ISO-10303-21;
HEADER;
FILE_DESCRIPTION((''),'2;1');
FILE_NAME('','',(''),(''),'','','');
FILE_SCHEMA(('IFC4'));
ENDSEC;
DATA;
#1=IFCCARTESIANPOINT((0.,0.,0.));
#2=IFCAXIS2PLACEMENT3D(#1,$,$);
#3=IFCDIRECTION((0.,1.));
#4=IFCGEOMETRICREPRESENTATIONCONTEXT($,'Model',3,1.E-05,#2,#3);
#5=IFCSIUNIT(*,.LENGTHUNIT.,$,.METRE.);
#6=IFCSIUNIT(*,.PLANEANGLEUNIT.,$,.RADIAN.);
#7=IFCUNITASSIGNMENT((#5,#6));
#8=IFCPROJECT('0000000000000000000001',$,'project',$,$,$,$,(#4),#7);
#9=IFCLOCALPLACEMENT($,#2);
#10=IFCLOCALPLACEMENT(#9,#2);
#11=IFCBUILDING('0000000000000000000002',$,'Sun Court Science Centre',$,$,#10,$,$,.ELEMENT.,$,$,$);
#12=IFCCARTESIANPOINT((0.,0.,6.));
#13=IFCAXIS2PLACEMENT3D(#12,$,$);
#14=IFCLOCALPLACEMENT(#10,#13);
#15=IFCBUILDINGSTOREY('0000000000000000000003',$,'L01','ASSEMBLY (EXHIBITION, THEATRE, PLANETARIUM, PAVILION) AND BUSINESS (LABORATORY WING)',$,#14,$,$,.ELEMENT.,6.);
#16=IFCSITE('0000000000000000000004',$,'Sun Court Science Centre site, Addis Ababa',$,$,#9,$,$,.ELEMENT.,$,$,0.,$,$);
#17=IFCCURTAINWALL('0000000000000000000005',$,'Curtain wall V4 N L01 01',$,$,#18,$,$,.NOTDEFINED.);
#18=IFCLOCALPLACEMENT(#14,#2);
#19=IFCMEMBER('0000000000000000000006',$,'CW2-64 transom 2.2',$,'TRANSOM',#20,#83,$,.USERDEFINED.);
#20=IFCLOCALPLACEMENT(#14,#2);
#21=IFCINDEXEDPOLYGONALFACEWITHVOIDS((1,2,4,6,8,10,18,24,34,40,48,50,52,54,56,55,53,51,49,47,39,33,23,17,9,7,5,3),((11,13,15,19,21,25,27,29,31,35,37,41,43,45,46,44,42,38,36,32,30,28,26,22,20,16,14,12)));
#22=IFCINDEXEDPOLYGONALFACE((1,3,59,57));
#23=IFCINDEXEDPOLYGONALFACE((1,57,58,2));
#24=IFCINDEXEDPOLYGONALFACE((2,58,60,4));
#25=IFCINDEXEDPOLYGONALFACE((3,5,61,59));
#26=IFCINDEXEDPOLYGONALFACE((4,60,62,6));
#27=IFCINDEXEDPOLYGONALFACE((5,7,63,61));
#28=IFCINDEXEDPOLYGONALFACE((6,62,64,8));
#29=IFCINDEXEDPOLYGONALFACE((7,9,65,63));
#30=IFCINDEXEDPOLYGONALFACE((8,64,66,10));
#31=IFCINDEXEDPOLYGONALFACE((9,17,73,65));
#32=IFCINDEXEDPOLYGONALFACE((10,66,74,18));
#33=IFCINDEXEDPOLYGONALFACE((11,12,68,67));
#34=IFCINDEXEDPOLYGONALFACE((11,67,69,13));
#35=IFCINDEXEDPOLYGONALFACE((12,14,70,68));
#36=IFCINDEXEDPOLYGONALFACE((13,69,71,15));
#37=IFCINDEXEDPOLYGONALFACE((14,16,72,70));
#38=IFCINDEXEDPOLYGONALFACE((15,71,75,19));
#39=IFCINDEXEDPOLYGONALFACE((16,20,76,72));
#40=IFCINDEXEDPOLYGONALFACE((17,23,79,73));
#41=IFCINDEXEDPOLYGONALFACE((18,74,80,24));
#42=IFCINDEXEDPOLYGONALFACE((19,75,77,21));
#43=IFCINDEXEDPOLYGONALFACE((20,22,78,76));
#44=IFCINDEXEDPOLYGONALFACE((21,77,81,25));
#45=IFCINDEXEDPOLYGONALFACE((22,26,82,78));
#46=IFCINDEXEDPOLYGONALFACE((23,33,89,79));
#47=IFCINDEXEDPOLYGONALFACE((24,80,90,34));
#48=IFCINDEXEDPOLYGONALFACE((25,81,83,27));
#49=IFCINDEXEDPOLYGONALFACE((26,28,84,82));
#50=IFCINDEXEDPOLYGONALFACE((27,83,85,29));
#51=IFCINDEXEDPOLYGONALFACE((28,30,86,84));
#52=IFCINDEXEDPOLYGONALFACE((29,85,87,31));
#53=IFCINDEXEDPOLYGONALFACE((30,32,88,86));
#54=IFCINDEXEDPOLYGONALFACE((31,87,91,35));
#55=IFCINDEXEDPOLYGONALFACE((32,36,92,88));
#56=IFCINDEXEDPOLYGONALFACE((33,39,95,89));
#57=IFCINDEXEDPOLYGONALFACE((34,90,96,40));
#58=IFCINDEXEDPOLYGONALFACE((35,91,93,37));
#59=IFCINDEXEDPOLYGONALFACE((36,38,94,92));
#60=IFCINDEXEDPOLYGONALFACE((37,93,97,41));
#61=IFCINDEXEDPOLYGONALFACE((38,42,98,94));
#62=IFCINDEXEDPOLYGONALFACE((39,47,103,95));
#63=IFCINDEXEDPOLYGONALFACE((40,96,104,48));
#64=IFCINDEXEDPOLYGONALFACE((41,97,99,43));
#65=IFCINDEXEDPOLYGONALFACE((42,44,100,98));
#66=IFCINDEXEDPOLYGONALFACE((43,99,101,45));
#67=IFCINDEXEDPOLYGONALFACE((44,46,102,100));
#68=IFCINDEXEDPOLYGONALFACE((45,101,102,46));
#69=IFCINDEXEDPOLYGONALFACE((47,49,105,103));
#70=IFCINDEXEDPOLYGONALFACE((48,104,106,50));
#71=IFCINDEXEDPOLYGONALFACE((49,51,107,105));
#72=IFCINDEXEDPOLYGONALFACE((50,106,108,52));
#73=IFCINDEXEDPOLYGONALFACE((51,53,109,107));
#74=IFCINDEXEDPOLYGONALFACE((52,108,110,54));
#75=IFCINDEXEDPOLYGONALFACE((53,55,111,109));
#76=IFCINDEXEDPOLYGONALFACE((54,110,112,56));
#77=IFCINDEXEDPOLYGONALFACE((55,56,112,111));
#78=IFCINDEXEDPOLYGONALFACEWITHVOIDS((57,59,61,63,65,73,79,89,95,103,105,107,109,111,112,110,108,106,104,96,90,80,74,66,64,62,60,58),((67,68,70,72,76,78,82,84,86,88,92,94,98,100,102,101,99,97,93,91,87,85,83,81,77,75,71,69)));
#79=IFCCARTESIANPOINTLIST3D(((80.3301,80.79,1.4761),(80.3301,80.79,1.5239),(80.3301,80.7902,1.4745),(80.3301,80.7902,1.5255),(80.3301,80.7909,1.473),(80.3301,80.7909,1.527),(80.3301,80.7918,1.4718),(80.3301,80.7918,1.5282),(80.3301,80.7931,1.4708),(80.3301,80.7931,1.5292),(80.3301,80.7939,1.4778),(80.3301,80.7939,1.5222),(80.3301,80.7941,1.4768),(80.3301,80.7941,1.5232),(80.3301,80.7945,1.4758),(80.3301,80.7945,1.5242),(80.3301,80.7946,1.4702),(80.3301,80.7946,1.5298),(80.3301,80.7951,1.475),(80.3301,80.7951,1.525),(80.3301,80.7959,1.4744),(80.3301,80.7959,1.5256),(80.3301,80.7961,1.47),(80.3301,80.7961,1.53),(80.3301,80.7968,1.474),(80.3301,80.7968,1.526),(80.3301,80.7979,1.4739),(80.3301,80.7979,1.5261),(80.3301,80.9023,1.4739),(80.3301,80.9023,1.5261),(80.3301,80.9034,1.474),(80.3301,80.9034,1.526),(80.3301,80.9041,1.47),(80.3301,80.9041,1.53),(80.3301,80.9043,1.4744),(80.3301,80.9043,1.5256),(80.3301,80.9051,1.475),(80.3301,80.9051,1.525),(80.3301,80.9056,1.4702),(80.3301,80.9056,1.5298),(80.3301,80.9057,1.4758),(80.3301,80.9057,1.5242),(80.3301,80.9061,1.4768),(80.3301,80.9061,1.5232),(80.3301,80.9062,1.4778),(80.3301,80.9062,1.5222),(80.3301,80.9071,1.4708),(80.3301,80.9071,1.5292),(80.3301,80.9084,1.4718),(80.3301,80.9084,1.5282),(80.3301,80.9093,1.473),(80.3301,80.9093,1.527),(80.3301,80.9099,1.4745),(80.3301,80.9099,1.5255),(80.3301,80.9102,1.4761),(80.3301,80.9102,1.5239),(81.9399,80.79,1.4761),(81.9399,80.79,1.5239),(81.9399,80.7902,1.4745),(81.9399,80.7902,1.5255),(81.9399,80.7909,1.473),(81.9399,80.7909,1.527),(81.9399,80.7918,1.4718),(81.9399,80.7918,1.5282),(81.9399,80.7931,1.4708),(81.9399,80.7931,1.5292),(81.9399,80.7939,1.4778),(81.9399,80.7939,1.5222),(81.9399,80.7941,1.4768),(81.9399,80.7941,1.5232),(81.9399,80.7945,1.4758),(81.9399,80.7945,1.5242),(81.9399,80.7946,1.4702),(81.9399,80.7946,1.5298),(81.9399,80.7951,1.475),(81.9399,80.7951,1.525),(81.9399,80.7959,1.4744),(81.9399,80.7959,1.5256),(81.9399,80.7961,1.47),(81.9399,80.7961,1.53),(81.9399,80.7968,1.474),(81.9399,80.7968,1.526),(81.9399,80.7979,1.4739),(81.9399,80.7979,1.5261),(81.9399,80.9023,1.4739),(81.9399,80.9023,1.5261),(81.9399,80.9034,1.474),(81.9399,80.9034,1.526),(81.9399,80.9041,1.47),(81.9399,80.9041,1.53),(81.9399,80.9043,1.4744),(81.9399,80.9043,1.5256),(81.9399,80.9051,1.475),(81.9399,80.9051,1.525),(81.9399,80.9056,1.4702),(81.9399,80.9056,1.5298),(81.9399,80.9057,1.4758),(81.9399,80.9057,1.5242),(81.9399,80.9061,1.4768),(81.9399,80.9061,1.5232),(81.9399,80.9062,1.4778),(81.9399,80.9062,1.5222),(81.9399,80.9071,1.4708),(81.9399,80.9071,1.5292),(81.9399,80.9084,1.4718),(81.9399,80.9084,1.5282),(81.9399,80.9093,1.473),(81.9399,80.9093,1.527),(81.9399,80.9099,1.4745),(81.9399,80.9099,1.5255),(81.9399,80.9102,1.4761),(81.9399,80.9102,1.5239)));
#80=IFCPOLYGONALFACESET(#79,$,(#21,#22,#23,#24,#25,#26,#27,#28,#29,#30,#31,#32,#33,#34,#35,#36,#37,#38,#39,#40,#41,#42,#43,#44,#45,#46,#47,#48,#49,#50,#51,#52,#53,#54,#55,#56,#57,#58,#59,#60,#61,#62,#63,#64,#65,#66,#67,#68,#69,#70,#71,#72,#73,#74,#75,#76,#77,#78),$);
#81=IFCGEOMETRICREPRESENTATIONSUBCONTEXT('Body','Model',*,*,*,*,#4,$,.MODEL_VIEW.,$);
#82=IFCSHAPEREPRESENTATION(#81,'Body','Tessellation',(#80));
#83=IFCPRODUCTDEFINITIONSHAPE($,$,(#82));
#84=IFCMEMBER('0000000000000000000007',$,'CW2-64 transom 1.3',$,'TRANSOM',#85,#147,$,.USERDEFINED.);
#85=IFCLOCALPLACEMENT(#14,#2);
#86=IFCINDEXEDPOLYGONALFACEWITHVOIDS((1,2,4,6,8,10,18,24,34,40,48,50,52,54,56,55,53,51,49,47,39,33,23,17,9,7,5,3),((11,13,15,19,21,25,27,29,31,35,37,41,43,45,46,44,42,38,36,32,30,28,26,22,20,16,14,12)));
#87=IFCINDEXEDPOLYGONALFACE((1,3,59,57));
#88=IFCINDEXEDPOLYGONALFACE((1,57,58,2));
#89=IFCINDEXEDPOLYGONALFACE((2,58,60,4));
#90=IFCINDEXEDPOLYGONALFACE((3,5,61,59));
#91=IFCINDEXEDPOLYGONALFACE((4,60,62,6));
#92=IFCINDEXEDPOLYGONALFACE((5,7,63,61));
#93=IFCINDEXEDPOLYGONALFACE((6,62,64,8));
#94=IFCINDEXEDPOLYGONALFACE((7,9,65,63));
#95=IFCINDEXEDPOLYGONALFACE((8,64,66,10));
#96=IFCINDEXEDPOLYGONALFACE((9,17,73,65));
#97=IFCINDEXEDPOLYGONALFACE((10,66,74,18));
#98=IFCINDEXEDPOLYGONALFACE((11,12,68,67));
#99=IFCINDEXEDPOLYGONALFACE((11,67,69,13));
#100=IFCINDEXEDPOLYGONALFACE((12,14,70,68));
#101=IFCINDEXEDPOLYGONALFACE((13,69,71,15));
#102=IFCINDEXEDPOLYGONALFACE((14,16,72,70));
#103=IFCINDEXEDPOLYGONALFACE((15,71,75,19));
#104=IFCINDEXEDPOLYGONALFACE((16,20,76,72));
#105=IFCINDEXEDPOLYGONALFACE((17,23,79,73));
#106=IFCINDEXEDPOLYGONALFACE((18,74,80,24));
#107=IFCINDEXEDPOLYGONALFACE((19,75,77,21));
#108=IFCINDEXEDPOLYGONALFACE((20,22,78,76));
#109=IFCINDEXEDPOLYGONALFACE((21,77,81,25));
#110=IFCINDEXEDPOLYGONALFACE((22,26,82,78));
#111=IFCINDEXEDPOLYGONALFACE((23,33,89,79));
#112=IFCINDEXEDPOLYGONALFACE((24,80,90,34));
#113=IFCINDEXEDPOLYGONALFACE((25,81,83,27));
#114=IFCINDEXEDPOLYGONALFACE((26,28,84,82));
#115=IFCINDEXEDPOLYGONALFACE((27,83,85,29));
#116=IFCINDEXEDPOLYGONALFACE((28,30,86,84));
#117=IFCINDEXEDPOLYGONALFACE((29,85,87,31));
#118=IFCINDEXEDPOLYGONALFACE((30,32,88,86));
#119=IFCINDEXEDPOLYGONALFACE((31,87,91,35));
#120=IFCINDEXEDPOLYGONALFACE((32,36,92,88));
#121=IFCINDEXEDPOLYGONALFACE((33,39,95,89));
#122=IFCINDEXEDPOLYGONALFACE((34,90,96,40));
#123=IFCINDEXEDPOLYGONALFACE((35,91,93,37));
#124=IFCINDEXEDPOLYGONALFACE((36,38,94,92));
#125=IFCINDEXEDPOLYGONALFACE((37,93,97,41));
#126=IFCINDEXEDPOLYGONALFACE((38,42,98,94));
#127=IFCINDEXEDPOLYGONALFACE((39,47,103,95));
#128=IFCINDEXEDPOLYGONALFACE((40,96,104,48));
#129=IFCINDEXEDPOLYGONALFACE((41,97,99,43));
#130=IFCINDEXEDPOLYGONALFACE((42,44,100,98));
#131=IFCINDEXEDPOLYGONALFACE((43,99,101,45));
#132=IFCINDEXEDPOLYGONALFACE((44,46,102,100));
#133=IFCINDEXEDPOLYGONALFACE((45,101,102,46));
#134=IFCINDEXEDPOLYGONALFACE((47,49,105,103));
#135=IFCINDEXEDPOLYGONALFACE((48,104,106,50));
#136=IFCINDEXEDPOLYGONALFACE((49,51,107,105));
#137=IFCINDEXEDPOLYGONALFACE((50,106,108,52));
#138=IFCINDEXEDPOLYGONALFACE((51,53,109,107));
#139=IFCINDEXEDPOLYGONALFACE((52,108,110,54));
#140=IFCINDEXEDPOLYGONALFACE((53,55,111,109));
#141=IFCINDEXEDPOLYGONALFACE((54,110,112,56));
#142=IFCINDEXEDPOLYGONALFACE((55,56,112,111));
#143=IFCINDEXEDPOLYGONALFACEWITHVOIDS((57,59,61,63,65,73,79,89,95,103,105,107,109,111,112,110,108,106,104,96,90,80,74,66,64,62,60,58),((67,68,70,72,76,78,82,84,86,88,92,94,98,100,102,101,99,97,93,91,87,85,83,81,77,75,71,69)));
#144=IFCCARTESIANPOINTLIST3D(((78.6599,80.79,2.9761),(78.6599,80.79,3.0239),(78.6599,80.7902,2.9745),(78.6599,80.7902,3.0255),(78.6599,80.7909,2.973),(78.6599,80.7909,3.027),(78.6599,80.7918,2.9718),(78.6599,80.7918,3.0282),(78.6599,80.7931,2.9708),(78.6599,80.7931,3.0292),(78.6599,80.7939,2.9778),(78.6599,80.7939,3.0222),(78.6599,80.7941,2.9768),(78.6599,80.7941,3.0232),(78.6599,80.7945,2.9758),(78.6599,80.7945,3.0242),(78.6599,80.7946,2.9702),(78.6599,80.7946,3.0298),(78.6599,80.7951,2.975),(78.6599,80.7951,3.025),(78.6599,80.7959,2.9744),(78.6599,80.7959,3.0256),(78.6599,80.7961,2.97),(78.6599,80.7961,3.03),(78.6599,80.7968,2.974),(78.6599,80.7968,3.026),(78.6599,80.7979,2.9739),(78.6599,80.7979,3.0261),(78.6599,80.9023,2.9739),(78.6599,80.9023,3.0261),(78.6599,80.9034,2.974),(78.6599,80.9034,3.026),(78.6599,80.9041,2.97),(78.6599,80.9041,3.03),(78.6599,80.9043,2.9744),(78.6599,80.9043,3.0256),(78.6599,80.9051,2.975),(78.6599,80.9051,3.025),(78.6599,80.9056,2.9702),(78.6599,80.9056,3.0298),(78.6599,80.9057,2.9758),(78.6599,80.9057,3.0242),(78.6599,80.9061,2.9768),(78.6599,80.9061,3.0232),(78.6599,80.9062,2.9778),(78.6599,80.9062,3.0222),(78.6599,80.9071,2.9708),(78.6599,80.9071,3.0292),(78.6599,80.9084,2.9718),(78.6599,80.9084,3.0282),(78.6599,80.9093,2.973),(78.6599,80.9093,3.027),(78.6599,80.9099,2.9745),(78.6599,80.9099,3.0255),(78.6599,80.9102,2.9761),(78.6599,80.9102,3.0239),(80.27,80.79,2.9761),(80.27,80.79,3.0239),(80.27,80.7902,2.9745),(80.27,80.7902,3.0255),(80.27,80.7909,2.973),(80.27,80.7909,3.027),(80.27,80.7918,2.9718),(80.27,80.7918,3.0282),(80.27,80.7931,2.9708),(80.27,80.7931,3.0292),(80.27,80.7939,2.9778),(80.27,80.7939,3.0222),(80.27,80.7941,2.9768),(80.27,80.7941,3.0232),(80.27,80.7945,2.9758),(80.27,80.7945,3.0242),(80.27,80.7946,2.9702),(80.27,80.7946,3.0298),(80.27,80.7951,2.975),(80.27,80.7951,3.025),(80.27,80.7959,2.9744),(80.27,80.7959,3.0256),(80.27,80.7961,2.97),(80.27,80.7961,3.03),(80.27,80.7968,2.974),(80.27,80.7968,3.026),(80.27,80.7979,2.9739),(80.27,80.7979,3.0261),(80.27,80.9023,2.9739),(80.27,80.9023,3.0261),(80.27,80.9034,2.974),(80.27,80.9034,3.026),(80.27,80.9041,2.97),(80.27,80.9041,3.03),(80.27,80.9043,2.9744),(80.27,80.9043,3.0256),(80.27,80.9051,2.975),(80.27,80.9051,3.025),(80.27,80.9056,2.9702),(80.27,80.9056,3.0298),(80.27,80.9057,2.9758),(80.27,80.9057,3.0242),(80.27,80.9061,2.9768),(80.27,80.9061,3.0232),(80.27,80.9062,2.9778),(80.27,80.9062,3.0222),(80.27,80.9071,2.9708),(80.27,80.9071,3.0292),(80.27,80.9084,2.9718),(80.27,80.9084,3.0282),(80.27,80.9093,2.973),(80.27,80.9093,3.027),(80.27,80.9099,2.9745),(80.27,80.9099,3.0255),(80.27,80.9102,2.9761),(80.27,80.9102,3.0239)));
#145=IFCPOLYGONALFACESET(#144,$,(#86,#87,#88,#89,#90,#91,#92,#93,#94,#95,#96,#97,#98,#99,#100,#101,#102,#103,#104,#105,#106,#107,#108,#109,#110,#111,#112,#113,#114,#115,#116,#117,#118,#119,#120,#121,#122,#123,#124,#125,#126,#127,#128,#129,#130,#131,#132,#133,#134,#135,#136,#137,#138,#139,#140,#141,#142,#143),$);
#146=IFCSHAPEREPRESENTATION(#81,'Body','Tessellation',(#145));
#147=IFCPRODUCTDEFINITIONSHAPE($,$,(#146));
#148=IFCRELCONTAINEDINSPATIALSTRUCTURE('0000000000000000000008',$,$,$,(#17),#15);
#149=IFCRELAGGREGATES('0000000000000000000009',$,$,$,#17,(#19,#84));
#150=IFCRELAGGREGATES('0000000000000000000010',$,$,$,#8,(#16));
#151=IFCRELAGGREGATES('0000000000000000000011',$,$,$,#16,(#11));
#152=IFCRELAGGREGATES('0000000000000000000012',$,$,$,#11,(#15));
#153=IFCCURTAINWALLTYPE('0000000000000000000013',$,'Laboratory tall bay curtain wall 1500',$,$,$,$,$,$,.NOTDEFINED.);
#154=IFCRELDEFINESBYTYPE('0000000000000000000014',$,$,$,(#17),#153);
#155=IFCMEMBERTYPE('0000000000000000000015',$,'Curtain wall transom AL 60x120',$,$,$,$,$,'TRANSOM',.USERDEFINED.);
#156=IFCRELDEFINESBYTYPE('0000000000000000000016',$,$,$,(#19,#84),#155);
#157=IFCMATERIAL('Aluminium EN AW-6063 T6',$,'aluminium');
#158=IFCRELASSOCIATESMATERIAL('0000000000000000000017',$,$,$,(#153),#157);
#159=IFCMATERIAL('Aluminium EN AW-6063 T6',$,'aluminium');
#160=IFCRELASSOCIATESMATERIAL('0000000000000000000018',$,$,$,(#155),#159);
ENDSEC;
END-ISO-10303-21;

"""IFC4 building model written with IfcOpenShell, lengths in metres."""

from ifc_helpers import new_model, si_unit, direction, frame, origin, origin_2d, place, context, subcontext, project, spatial, hollow_rectangle, extrude, material, material_profile, profile_set, type_object, element, aggregate, save


model = new_model("IFC4")

# Units and contexts
model_context = context("Model", 3, precision=1e-05, world=origin(), true_north=direction((0.0, 1.0)))
body_context = subcontext(model_context, "Body", "Model", "MODEL_VIEW")
ifc_project = project(units=[si_unit("LENGTHUNIT", "METRE"), si_unit("PLANEANGLEUNIT", "RADIAN")], contexts=[model_context])

# Site, building, storey
site_placement = place(None, origin())
site = spatial("IfcSite", under=ifc_project, at=site_placement, Name="Sun Court Science Centre site, Addis Ababa", CompositionType="ELEMENT", RefElevation=0.0)
building_placement = place(site_placement, origin())
building = spatial("IfcBuilding", under=site, at=building_placement, Name="Sun Court Science Centre", CompositionType="ELEMENT")
storey_placement = place(building_placement, frame((0.0, 0.0, 6.0)))
storey = spatial("IfcBuildingStorey", under=building, at=storey_placement, Name="L01", Description="ASSEMBLY (EXHIBITION, THEATRE, PLANETARIUM, PAVILION) AND BUSINESS (LABORATORY WING)", CompositionType="ELEMENT", Elevation=6.0)

# Curtain wall
ifc_material_1 = material(Name="Aluminium EN AW-6063 T6", Category="aluminium")
curtain_wall_type = type_object("IfcCurtainWallType", Name="Laboratory tall bay curtain wall 1500", PredefinedType="NOTDEFINED", material=ifc_material_1)
curtain_wall_1_placement = place(storey_placement, origin())
curtain_wall_1 = element("IfcCurtainWall", 1, at=curtain_wall_1_placement, inside=storey, type_object=curtain_wall_type, Name="Curtain wall V4 N L01 01", PredefinedType="NOTDEFINED")

# Members
ifc_material_2 = material(Name="Aluminium EN AW-6063 T6", Category="aluminium")
ifc_material_profile_1 = material_profile(ifc_material_2, hollow_rectangle(XDim=0.0601, YDim=0.1201, WallThickness=0.0039, InnerFilletRadius=0.0039, OuterFilletRadius=0.0061, at=origin_2d()), Name="AL 60x120x4")
ifc_profile_set_1 = profile_set([ifc_material_profile_1], Name="Aluminium EN AW-6063 T6")
member_type_1 = type_object("IfcMemberType", Name="Curtain wall transom AL 60x120", ElementType="TRANSOM", PredefinedType="USERDEFINED", material=ifc_profile_set_1)
member_1_placement = place(storey_placement, frame((80.3301, 80.8501, 1.5), z_axis=(1.0, 0.0, 0.0), x_axis=(0.0, 0.0, 1.0)))
member_1 = element("IfcMember", 2, at=member_1_placement, type_object=member_type_1, Name="CW2-64 transom 2.2", ObjectType="TRANSOM", PredefinedType="USERDEFINED", context=body_context, shape_type="SweptSolid", body=[
    extrude(hollow_rectangle(XDim=0.0601, YDim=0.1201, WallThickness=0.0039, InnerFilletRadius=0.0039, OuterFilletRadius=0.0061, at=origin_2d()), origin(), (0.0, 0.0, 1.0), 1.6099),
])
member_2_placement = place(storey_placement, frame((78.6599, 80.8501, 3.0), z_axis=(1.0, 0.0, 0.0), x_axis=(0.0, 0.0, 1.0)))
member_2 = element("IfcMember", 3, at=member_2_placement, type_object=member_type_1, Name="CW2-64 transom 1.3", ObjectType="TRANSOM", PredefinedType="USERDEFINED", context=body_context, shape_type="SweptSolid", body=[
    extrude(hollow_rectangle(XDim=0.0601, YDim=0.1201, WallThickness=0.0039, InnerFilletRadius=0.0039, OuterFilletRadius=0.0061, at=origin_2d()), origin(), (0.0, 0.0, 1.0), 1.6101),
])

aggregate(curtain_wall_1, [member_1, member_2])

save(model, "model.ifc")
